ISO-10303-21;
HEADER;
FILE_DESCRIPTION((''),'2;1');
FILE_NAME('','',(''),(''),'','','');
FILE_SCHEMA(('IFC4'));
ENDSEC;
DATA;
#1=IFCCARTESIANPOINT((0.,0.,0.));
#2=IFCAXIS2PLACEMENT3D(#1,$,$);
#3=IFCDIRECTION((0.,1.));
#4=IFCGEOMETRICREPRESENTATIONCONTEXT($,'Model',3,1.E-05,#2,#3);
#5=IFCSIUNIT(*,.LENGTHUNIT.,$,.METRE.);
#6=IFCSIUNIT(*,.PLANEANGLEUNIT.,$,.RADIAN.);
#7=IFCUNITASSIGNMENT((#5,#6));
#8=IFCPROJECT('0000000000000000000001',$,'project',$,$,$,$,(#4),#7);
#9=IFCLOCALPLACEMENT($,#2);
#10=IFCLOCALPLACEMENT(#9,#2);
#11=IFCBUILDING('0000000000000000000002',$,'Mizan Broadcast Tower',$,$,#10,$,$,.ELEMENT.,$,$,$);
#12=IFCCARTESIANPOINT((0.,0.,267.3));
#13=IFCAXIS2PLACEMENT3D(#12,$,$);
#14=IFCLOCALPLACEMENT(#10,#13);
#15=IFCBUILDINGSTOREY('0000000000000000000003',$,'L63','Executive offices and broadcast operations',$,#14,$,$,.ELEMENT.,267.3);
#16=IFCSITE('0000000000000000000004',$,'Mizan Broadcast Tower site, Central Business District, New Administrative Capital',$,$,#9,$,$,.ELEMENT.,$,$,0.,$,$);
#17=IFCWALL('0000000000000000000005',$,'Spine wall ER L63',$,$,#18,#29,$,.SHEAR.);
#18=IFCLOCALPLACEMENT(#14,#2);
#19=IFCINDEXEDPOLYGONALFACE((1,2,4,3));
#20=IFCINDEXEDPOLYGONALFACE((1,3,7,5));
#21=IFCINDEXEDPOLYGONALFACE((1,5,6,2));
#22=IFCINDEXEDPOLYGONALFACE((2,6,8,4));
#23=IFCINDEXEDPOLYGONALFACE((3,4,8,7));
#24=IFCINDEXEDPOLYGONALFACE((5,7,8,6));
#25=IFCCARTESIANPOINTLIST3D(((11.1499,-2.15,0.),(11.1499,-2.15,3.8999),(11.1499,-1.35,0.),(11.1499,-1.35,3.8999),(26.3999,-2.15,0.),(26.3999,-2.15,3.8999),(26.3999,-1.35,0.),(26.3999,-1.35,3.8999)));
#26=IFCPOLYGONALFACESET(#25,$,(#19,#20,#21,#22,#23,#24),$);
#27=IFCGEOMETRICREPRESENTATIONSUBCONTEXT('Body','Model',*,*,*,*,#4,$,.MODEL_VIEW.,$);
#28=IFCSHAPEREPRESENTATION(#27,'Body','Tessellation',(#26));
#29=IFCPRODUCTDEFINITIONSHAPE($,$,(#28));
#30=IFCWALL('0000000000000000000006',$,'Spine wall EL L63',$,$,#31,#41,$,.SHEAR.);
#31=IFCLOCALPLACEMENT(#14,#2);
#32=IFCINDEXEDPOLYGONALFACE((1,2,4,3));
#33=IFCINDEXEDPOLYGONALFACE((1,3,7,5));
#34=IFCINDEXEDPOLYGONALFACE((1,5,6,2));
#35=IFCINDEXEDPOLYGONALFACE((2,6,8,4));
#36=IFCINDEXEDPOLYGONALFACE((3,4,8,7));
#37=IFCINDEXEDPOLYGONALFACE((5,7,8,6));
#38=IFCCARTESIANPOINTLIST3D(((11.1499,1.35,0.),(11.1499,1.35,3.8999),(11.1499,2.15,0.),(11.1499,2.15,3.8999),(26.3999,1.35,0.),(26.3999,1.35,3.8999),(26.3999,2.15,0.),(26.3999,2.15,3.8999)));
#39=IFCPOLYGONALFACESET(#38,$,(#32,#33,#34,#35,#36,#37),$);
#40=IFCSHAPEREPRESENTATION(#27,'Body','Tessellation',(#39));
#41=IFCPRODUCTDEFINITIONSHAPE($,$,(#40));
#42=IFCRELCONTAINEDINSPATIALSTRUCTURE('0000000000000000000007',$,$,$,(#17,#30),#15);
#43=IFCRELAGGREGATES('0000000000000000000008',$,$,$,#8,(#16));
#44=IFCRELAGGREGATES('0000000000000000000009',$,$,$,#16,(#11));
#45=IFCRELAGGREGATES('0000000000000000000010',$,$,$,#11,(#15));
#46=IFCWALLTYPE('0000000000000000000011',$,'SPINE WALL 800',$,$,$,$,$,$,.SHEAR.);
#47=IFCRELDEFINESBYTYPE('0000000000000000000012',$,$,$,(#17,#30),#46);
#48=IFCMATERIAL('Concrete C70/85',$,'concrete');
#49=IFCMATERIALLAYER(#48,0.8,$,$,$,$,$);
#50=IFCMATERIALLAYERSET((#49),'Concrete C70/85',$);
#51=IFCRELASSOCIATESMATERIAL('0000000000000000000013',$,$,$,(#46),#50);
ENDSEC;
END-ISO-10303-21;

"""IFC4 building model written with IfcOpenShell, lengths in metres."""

from ifc_helpers import new_model, si_unit, direction, frame, frame_2d, origin, place, context, subcontext, project, spatial, rectangle, extrude, material, layer, layer_set, type_object, element, save


model = new_model("IFC4")

# Units and contexts
model_context = context("Model", 3, precision=1e-05, world=origin(), true_north=direction((0.0, 1.0)))
body_context = subcontext(model_context, "Body", "Model", "MODEL_VIEW")
ifc_project = project(units=[si_unit("LENGTHUNIT", "METRE"), si_unit("PLANEANGLEUNIT", "RADIAN")], contexts=[model_context])

# Site, building, storey
site_placement = place(None, origin())
site = spatial("IfcSite", under=ifc_project, at=site_placement, Name="Mizan Broadcast Tower site, Central Business District, New Administrative Capital", CompositionType="ELEMENT", RefElevation=0.0)
building_placement = place(site_placement, origin())
building = spatial("IfcBuilding", under=site, at=building_placement, Name="Mizan Broadcast Tower", CompositionType="ELEMENT")
storey_placement = place(building_placement, frame((0.0, 0.0, 267.3)))
storey = spatial("IfcBuildingStorey", under=building, at=storey_placement, Name="L63", Description="Executive offices and broadcast operations", CompositionType="ELEMENT", Elevation=267.3)

# Walls
ifc_material_1 = material(Name="Concrete C70/85", Category="concrete")
ifc_layer_1 = layer(ifc_material_1, 0.8)
ifc_layer_set_1 = layer_set([ifc_layer_1], Name="Concrete C70/85")
wall_type_1 = type_object("IfcWallType", Name="SPINE WALL 800", PredefinedType="SHEAR", material=ifc_layer_set_1)
for number, where, z_axis, x_axis, name in (
    (1, (11.1499, -1.75, 0.0), (0.0, 0.0, 1.0), (1.0, 0.0, 0.0), "Spine wall ER L63"),
    (2, (11.1499, 1.75, 0.0), (0.0, 0.0, 1.0), (1.0, 0.0, 0.0), "Spine wall EL L63"),
):
    element("IfcWall", number, at=place(storey_placement, frame(where, z_axis=z_axis, x_axis=x_axis)), inside=storey, type_object=wall_type_1, Name=name, PredefinedType="SHEAR", context=body_context, shape_type="SweptSolid", body=[
        extrude(rectangle(XDim=15.25, YDim=0.8, at=frame_2d((7.625, 0.0))), origin(), (0.0, 0.0, 1.0), 3.8999),
    ])

save(model, "model.ifc")
